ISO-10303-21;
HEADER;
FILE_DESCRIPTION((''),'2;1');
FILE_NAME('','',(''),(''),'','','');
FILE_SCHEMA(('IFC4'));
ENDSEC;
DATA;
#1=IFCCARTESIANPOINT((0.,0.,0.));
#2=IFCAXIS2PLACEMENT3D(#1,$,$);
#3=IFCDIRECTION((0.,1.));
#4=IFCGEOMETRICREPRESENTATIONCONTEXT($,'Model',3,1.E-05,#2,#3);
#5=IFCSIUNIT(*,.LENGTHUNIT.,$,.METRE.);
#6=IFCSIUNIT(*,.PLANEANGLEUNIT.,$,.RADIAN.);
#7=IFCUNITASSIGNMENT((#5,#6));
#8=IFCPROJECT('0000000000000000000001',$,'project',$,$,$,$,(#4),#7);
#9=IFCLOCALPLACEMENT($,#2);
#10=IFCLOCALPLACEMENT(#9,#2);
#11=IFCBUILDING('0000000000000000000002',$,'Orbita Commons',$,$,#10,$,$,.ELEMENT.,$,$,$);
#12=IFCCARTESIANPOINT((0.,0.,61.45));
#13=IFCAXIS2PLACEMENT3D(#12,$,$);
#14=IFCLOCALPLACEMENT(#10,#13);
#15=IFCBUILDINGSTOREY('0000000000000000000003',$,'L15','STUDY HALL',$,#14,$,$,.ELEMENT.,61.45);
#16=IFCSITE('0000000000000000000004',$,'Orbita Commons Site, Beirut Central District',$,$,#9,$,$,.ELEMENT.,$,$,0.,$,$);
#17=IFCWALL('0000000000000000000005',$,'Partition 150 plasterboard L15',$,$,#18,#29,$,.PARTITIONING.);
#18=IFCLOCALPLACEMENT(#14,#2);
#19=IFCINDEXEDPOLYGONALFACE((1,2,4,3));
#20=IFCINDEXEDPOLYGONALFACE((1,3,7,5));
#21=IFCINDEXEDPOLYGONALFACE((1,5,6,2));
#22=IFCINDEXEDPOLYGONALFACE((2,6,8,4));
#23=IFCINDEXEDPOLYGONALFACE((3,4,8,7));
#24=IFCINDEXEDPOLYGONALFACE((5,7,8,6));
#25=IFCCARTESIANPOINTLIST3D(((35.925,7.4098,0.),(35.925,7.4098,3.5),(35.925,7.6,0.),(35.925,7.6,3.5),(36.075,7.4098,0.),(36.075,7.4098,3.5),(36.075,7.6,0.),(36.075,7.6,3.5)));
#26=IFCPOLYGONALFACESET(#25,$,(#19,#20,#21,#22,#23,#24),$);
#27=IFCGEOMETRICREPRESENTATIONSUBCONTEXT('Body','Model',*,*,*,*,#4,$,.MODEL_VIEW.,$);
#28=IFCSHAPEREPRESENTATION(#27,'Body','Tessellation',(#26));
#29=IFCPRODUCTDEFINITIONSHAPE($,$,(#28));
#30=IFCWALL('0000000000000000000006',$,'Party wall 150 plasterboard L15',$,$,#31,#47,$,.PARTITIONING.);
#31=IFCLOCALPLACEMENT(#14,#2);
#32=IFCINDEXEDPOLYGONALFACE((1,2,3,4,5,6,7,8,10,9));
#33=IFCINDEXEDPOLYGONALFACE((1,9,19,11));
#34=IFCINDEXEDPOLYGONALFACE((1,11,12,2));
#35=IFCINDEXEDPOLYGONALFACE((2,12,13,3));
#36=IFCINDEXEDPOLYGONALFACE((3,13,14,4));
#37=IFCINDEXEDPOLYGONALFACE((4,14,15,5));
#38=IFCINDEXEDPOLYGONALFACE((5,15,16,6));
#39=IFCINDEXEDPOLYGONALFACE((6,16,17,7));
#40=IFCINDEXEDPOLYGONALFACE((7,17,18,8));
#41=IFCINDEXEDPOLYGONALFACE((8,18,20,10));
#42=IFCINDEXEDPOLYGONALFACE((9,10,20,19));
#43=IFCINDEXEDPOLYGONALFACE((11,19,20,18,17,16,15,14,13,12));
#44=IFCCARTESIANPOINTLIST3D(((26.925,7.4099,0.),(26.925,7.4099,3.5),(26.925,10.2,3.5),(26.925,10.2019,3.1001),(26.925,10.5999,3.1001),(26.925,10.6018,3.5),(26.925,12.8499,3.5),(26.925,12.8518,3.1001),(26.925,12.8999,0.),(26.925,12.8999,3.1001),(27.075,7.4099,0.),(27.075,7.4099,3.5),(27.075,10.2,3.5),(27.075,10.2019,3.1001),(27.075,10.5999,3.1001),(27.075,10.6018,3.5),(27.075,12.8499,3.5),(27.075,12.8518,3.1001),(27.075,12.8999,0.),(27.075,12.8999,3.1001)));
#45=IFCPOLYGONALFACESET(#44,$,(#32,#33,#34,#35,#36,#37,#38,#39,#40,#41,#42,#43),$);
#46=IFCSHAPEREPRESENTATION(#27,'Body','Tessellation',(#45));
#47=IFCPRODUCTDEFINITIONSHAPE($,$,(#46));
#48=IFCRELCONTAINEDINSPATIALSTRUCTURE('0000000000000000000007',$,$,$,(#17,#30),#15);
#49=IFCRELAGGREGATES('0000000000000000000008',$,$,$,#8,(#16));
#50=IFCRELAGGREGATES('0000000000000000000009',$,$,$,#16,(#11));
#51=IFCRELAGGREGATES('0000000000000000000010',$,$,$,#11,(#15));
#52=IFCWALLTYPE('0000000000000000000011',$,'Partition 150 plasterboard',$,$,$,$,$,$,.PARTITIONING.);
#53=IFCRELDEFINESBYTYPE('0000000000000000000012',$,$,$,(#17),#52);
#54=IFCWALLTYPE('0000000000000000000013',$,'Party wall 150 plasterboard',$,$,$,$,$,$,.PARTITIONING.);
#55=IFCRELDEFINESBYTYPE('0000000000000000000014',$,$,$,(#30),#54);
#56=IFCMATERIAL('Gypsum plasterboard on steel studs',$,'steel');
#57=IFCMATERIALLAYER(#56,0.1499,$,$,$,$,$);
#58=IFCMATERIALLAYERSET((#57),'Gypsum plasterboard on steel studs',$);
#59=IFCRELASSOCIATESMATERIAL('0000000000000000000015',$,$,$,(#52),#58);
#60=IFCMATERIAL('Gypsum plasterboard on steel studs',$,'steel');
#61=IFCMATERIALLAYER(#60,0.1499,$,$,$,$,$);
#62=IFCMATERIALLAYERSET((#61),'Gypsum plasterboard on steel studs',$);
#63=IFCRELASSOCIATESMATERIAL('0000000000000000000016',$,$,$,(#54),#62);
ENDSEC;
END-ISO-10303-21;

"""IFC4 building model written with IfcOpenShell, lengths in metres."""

from ifc_helpers import new_model, si_unit, direction, frame, frame_2d, origin, place, context, subcontext, project, spatial, polyline, rectangle, outline, extrude, material, layer, layer_set, type_object, element, save


model = new_model("IFC4")

# Units and contexts
model_context = context("Model", 3, precision=1e-05, world=origin(), true_north=direction((0.0, 1.0)))
body_context = subcontext(model_context, "Body", "Model", "MODEL_VIEW")
ifc_project = project(units=[si_unit("LENGTHUNIT", "METRE"), si_unit("PLANEANGLEUNIT", "RADIAN")], contexts=[model_context])

# Site, building, storey
site_placement = place(None, origin())
site = spatial("IfcSite", under=ifc_project, at=site_placement, Name="Orbita Commons Site, Beirut Central District", CompositionType="ELEMENT", RefElevation=0.0)
building_placement = place(site_placement, origin())
building = spatial("IfcBuilding", under=site, at=building_placement, Name="Orbita Commons", CompositionType="ELEMENT")
storey_placement = place(building_placement, frame((0.0, 0.0, 61.45)))
storey = spatial("IfcBuildingStorey", under=building, at=storey_placement, Name="L15", Description="STUDY HALL", CompositionType="ELEMENT", Elevation=61.45)

# Walls
ifc_material_1 = material(Name="Gypsum plasterboard on steel studs", Category="steel")
ifc_layer_1 = layer(ifc_material_1, 0.1499)
ifc_layer_set_1 = layer_set([ifc_layer_1], Name="Gypsum plasterboard on steel studs")
wall_type_1 = type_object("IfcWallType", Name="Partition 150 plasterboard", PredefinedType="PARTITIONING", material=ifc_layer_set_1)
for number, where, z_axis, x_axis, name in (
    (1, (36.0, 7.6001, 0.0), (0.0, 0.0, 1.0), (0.0, -1.0, 0.0), "Partition 150 plasterboard L15"),
):
    element("IfcWall", number, at=place(storey_placement, frame(where, z_axis=z_axis, x_axis=x_axis)), inside=storey, type_object=wall_type_1, Name=name, PredefinedType="PARTITIONING", context=body_context, shape_type="SweptSolid", body=[
        extrude(rectangle(XDim=0.1902, YDim=0.1499, at=frame_2d((0.0952, 0.0))), origin(), (0.0, 0.0, 1.0), 3.5),
    ])
ifc_material_2 = material(Name="Gypsum plasterboard on steel studs", Category="steel")
ifc_layer_2 = layer(ifc_material_2, 0.1499)
ifc_layer_set_2 = layer_set([ifc_layer_2], Name="Gypsum plasterboard on steel studs")
wall_type_2 = type_object("IfcWallType", Name="Party wall 150 plasterboard", PredefinedType="PARTITIONING", material=ifc_layer_set_2)
wall_1_placement = place(storey_placement, frame((27.0, 7.4099, 0.0), z_axis=(0.0, 0.0, 1.0), x_axis=(0.0, 1.0, 0.0)))
element("IfcWall", 2, at=wall_1_placement, inside=storey, type_object=wall_type_2, Name="Party wall 150 plasterboard L15", PredefinedType="PARTITIONING", context=body_context, shape_type="SweptSolid", body=[
    extrude(outline(polyline([(0.0, 0.0), (5.49, 0.0), (5.49, 3.1001), (5.4419, 3.1001), (5.4399, 3.5), (3.1919, 3.5), (3.1899, 3.1001), (2.792, 3.1001), (2.79, 3.5), (0.0, 3.5), (0.0, 0.0)])), frame((0.0, 0.075, 0.0), z_axis=(0.0, -1.0, 0.0), x_axis=(1.0, 0.0, 0.0)), (0.0, 0.0, 1.0), 0.1499),
])

save(model, "model.ifc")
